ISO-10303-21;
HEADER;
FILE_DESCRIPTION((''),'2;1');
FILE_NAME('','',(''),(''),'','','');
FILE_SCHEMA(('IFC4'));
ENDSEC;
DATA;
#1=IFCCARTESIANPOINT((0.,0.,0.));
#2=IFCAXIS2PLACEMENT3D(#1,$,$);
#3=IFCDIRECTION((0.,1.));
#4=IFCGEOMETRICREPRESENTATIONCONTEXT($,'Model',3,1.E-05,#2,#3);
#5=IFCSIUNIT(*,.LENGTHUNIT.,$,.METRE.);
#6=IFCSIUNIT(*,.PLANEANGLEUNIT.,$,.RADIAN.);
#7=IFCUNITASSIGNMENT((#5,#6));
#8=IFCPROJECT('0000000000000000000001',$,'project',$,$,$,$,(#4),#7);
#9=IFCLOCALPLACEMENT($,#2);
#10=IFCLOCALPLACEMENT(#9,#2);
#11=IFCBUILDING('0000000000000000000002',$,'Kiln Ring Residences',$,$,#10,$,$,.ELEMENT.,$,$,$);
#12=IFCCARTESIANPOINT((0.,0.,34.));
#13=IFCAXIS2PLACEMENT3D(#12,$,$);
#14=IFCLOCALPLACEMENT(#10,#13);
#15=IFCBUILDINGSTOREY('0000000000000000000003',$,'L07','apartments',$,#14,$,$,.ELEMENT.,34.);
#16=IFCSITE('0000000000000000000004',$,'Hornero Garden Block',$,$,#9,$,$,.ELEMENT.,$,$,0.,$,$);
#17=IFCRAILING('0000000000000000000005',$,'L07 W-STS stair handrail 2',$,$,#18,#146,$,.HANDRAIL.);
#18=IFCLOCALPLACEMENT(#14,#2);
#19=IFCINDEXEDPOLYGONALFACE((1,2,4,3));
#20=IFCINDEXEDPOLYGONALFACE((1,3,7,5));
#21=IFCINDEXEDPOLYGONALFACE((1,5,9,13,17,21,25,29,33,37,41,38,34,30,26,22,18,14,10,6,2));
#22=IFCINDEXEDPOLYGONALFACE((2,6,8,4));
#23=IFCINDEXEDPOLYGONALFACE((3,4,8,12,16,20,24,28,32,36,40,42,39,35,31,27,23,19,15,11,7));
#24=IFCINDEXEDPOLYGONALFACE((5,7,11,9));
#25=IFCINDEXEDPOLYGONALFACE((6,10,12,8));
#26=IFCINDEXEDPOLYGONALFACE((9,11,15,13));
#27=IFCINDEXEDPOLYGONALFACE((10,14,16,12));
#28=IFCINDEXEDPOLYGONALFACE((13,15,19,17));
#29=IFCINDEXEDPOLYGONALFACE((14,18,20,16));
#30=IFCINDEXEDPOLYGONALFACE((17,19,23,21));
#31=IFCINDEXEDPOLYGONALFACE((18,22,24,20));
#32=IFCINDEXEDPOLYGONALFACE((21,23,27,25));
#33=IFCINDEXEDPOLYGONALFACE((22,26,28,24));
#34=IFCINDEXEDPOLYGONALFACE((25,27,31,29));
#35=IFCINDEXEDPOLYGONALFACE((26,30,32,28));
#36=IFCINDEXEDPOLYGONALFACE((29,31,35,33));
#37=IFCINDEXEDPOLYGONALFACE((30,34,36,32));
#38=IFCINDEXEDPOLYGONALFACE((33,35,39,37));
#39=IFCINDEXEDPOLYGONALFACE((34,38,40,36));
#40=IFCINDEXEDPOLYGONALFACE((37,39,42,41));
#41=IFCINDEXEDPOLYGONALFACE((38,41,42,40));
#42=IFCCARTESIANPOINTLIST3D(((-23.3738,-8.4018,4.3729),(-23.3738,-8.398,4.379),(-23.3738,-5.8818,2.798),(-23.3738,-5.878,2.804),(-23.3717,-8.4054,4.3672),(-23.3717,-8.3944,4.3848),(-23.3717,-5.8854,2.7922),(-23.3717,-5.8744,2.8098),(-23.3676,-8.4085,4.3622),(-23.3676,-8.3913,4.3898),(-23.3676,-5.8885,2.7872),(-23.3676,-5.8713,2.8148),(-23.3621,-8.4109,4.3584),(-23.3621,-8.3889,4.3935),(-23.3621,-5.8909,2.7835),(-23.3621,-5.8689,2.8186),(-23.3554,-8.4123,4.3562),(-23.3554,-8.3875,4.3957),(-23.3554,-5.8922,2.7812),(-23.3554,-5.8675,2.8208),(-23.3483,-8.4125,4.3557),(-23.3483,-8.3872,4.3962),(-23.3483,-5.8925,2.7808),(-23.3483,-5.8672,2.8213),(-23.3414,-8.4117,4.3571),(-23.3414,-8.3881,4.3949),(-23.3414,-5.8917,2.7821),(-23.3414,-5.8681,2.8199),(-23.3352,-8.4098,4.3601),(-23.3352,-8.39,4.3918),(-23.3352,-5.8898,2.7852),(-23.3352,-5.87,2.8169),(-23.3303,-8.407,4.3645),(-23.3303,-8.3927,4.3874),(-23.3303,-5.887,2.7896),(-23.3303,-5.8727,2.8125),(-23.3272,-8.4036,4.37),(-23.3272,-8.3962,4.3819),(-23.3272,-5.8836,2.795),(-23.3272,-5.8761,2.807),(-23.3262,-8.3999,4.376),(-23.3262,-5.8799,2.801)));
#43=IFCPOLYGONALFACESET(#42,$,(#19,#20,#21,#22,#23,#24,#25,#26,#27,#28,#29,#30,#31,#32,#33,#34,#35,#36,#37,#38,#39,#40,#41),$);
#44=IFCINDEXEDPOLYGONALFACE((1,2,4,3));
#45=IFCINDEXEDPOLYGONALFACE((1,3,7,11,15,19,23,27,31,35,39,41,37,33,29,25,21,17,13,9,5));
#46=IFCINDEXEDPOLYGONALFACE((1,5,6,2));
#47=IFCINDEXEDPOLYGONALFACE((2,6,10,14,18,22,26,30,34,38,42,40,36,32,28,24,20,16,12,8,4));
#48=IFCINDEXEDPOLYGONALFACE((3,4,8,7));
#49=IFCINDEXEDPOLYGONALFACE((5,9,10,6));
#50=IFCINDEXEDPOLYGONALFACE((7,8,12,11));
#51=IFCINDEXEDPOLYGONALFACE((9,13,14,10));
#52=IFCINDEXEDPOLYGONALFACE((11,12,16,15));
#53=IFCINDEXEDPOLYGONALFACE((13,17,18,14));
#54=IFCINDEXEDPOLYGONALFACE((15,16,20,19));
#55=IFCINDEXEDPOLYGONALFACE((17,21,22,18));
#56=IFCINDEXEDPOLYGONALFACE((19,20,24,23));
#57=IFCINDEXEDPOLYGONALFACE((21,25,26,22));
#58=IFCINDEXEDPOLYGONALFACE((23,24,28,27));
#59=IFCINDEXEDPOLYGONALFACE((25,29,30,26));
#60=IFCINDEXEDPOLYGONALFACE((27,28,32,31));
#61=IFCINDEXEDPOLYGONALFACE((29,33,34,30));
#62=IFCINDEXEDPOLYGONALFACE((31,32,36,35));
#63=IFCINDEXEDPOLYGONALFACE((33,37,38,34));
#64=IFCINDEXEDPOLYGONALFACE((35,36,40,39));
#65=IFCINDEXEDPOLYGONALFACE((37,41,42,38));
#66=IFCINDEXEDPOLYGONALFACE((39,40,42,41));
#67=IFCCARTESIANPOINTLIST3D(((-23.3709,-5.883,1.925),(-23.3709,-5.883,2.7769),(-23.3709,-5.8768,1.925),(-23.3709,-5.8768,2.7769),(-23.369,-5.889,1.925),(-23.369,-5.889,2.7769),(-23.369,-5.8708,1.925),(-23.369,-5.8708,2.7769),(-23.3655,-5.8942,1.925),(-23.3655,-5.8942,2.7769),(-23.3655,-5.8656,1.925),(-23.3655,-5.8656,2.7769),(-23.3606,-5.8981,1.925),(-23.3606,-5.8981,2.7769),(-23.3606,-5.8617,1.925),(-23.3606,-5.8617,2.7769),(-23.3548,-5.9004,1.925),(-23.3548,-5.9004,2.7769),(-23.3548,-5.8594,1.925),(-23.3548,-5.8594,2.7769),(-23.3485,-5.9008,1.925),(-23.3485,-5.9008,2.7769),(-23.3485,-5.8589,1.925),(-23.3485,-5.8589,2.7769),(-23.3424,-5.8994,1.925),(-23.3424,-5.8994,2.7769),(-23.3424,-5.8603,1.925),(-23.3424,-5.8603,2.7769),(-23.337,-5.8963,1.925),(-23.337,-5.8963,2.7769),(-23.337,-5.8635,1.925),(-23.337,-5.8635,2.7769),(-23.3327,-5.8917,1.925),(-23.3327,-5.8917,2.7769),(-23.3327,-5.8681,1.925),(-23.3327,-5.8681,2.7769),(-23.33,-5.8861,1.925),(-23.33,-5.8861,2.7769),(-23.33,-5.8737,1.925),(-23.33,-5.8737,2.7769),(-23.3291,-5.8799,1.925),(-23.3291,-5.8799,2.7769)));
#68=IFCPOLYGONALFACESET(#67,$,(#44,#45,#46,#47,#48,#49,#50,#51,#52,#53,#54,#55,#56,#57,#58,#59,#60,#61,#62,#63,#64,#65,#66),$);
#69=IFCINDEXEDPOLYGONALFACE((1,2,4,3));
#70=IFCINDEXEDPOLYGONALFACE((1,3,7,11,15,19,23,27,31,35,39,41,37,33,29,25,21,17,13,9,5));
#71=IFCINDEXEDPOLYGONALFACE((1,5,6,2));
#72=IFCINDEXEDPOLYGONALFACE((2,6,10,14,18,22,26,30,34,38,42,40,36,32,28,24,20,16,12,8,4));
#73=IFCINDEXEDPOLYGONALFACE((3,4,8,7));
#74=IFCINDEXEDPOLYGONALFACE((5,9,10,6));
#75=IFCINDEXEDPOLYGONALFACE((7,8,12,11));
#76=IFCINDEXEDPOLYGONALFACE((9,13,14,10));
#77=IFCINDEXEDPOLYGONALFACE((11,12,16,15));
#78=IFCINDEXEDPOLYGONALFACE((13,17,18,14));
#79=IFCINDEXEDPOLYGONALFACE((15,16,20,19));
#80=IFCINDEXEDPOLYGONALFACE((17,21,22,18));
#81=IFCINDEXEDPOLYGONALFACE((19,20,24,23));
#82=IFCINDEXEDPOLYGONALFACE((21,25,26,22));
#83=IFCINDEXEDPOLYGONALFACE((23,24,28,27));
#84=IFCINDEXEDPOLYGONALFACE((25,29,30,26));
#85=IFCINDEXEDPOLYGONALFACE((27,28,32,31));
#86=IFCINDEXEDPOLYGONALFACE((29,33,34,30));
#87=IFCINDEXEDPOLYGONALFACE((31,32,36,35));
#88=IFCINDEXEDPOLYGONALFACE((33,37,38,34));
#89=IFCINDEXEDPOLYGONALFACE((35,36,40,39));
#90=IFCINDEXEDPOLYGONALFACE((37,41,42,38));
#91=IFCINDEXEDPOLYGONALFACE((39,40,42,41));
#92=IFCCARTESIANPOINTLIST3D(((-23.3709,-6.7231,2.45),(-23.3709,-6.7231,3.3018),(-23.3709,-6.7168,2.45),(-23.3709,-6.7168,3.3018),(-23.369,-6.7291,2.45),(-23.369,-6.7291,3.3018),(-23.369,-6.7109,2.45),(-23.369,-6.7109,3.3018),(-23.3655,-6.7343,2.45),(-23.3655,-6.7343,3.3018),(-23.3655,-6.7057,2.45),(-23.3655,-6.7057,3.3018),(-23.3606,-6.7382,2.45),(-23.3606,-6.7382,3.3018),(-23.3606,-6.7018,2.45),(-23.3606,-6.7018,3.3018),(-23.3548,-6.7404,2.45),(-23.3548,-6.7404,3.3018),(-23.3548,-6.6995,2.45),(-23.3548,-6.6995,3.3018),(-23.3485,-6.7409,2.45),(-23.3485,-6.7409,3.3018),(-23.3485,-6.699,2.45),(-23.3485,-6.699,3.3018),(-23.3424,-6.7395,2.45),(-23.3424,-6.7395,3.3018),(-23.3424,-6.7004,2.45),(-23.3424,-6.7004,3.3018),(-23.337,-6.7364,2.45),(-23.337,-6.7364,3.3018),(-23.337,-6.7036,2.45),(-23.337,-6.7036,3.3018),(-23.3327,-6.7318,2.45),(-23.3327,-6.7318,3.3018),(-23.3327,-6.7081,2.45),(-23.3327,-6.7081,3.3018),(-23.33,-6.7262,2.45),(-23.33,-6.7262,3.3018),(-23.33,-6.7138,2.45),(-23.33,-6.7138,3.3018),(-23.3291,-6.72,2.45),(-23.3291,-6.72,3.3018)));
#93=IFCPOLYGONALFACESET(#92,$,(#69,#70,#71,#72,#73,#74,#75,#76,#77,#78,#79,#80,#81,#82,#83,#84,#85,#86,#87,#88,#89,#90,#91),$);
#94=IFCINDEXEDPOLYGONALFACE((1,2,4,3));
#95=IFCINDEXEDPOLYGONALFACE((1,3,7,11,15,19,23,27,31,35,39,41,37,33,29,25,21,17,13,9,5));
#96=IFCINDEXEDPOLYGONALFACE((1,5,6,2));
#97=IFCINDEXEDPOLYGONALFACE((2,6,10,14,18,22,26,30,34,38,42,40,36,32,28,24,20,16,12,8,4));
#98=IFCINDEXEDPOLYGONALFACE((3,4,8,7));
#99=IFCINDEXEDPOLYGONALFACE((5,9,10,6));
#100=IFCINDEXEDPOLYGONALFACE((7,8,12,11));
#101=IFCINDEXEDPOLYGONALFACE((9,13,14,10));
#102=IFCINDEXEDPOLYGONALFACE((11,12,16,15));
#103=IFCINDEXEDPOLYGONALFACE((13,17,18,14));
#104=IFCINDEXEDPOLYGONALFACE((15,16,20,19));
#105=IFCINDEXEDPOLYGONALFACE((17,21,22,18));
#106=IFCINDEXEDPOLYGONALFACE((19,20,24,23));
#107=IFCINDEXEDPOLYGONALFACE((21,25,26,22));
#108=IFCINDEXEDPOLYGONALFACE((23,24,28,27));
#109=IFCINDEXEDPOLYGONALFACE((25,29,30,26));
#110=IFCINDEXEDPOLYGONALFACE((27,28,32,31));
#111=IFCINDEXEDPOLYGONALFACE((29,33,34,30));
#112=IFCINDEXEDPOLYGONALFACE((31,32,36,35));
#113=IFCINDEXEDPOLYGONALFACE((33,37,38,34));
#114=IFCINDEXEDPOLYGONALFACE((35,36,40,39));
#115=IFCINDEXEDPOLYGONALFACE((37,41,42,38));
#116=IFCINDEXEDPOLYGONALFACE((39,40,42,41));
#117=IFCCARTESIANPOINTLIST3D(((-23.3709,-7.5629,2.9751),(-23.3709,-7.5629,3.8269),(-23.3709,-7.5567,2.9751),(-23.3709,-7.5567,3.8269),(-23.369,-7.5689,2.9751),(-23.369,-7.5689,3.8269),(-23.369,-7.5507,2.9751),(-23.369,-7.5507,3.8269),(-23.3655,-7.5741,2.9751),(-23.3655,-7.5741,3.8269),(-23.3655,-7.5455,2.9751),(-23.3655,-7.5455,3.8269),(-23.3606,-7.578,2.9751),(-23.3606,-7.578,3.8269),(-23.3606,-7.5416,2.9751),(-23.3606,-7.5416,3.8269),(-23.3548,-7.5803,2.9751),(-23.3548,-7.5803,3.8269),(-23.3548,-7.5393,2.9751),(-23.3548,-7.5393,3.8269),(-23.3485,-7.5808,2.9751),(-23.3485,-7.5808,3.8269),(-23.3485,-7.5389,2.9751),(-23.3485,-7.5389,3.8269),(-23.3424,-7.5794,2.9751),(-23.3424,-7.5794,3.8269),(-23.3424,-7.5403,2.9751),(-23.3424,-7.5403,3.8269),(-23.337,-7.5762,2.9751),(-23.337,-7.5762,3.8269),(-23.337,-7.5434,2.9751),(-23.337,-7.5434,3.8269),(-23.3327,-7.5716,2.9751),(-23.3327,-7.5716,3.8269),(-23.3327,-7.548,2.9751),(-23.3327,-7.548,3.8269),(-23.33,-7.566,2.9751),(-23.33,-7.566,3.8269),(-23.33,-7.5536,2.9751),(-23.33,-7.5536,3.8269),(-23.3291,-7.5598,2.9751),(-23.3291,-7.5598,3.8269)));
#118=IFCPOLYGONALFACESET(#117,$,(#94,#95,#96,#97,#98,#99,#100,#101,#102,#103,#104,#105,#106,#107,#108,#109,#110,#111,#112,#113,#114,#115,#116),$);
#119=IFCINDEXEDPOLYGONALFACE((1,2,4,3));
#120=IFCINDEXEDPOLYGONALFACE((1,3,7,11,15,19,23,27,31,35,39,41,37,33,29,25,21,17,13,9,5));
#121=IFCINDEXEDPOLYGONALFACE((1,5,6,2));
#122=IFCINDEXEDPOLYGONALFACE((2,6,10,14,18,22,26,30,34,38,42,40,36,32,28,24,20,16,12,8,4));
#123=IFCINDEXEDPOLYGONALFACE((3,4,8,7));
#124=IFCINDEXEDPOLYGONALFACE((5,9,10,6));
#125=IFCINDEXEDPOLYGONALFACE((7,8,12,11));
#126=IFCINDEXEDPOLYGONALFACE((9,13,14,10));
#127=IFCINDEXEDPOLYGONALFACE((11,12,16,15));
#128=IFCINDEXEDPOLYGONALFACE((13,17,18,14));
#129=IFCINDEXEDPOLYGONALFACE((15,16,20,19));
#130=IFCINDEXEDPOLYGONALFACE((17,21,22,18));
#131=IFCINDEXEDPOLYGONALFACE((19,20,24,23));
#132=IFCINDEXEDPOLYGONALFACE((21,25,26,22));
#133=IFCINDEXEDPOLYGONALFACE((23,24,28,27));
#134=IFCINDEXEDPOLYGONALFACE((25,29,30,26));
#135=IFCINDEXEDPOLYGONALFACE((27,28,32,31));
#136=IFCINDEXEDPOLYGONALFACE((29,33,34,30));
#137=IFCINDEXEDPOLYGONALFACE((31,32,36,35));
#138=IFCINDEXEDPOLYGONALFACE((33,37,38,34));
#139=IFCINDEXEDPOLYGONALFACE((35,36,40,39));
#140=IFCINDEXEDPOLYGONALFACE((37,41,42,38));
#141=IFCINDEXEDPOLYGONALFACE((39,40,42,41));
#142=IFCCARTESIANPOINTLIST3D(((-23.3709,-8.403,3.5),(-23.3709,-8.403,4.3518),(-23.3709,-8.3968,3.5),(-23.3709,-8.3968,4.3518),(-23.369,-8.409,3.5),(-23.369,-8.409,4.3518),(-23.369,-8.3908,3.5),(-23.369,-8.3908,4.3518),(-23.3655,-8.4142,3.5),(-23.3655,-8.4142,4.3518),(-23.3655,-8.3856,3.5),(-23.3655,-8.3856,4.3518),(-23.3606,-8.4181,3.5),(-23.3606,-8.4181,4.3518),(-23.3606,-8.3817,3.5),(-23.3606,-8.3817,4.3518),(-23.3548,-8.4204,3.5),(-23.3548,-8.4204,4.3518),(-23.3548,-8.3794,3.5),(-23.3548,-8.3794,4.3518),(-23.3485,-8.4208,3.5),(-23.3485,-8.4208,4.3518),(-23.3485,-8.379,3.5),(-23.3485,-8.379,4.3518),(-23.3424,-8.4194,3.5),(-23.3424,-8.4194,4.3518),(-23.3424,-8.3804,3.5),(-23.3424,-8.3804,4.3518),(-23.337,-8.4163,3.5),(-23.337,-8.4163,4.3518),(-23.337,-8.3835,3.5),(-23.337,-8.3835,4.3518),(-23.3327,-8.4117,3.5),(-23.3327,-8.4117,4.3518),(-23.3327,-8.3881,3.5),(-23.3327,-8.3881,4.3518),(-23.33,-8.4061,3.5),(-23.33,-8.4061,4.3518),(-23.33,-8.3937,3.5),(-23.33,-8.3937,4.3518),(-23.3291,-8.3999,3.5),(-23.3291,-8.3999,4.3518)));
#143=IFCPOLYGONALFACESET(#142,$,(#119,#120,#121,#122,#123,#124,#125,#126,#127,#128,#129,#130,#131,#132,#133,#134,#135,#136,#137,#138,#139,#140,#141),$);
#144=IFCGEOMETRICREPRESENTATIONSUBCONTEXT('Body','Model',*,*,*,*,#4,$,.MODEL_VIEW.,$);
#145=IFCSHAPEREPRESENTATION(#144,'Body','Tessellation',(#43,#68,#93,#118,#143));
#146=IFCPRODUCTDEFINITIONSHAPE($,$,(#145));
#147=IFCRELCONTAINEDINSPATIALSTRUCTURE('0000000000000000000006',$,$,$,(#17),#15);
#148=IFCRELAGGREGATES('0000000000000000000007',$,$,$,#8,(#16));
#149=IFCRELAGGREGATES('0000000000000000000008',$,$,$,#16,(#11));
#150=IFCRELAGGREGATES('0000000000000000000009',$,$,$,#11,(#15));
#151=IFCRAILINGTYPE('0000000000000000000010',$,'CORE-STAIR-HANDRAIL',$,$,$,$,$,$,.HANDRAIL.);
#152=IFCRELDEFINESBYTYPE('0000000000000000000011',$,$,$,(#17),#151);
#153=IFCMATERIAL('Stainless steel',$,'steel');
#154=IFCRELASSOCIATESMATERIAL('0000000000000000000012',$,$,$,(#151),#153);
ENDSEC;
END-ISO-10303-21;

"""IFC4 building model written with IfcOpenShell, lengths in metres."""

from ifc_helpers import new_model, si_unit, direction, frame, origin, origin_2d, place, context, subcontext, project, spatial, circle, extrude, material, type_object, element, save


model = new_model("IFC4")

# Units and contexts
model_context = context("Model", 3, precision=1e-05, world=origin(), true_north=direction((0.0, 1.0)))
body_context = subcontext(model_context, "Body", "Model", "MODEL_VIEW")
ifc_project = project(units=[si_unit("LENGTHUNIT", "METRE"), si_unit("PLANEANGLEUNIT", "RADIAN")], contexts=[model_context])

# Site, building, storey
site_placement = place(None, origin())
site = spatial("IfcSite", under=ifc_project, at=site_placement, Name="Hornero Garden Block", CompositionType="ELEMENT", RefElevation=0.0)
building_placement = place(site_placement, origin())
building = spatial("IfcBuilding", under=site, at=building_placement, Name="Kiln Ring Residences", CompositionType="ELEMENT")
storey_placement = place(building_placement, frame((0.0, 0.0, 34.0)))
storey = spatial("IfcBuildingStorey", under=building, at=storey_placement, Name="L07", Description="apartments", CompositionType="ELEMENT", Elevation=34.0)

# Railing
ifc_material_1 = material(Name="Stainless steel", Category="steel")
railing_type_1 = type_object("IfcRailingType", Name="CORE-STAIR-HANDRAIL", PredefinedType="HANDRAIL", material=ifc_material_1)
railing_1_placement = place(storey_placement, frame((-23.3501, -5.8799, 1.925)))
element("IfcRailing", 1, at=railing_1_placement, inside=storey, type_object=railing_type_1, Name="L07 W-STS stair handrail 2", PredefinedType="HANDRAIL", context=body_context, shape_type="SweptSolid", body=[
    extrude(circle(Radius=0.0239, at=origin_2d()), frame((0.0, 0.0, 0.876), z_axis=(0.0, -0.848008, 0.529984), x_axis=(1.0, 0.0, 0.0)), (0.0, 0.0, 1.0), 2.9717),
    extrude(circle(Radius=0.021, at=origin_2d()), origin(), (0.0, 0.0, 1.0), 0.8518),
    extrude(circle(Radius=0.021, at=origin_2d()), frame((0.0, -0.8401, 0.5249)), (0.0, 0.0, 1.0), 0.8518),
    extrude(circle(Radius=0.021, at=origin_2d()), frame((0.0, -1.6799, 1.05)), (0.0, 0.0, 1.0), 0.8518),
    extrude(circle(Radius=0.021, at=origin_2d()), frame((0.0, -2.52, 1.575)), (0.0, 0.0, 1.0), 0.8518),
])

save(model, "model.ifc")
